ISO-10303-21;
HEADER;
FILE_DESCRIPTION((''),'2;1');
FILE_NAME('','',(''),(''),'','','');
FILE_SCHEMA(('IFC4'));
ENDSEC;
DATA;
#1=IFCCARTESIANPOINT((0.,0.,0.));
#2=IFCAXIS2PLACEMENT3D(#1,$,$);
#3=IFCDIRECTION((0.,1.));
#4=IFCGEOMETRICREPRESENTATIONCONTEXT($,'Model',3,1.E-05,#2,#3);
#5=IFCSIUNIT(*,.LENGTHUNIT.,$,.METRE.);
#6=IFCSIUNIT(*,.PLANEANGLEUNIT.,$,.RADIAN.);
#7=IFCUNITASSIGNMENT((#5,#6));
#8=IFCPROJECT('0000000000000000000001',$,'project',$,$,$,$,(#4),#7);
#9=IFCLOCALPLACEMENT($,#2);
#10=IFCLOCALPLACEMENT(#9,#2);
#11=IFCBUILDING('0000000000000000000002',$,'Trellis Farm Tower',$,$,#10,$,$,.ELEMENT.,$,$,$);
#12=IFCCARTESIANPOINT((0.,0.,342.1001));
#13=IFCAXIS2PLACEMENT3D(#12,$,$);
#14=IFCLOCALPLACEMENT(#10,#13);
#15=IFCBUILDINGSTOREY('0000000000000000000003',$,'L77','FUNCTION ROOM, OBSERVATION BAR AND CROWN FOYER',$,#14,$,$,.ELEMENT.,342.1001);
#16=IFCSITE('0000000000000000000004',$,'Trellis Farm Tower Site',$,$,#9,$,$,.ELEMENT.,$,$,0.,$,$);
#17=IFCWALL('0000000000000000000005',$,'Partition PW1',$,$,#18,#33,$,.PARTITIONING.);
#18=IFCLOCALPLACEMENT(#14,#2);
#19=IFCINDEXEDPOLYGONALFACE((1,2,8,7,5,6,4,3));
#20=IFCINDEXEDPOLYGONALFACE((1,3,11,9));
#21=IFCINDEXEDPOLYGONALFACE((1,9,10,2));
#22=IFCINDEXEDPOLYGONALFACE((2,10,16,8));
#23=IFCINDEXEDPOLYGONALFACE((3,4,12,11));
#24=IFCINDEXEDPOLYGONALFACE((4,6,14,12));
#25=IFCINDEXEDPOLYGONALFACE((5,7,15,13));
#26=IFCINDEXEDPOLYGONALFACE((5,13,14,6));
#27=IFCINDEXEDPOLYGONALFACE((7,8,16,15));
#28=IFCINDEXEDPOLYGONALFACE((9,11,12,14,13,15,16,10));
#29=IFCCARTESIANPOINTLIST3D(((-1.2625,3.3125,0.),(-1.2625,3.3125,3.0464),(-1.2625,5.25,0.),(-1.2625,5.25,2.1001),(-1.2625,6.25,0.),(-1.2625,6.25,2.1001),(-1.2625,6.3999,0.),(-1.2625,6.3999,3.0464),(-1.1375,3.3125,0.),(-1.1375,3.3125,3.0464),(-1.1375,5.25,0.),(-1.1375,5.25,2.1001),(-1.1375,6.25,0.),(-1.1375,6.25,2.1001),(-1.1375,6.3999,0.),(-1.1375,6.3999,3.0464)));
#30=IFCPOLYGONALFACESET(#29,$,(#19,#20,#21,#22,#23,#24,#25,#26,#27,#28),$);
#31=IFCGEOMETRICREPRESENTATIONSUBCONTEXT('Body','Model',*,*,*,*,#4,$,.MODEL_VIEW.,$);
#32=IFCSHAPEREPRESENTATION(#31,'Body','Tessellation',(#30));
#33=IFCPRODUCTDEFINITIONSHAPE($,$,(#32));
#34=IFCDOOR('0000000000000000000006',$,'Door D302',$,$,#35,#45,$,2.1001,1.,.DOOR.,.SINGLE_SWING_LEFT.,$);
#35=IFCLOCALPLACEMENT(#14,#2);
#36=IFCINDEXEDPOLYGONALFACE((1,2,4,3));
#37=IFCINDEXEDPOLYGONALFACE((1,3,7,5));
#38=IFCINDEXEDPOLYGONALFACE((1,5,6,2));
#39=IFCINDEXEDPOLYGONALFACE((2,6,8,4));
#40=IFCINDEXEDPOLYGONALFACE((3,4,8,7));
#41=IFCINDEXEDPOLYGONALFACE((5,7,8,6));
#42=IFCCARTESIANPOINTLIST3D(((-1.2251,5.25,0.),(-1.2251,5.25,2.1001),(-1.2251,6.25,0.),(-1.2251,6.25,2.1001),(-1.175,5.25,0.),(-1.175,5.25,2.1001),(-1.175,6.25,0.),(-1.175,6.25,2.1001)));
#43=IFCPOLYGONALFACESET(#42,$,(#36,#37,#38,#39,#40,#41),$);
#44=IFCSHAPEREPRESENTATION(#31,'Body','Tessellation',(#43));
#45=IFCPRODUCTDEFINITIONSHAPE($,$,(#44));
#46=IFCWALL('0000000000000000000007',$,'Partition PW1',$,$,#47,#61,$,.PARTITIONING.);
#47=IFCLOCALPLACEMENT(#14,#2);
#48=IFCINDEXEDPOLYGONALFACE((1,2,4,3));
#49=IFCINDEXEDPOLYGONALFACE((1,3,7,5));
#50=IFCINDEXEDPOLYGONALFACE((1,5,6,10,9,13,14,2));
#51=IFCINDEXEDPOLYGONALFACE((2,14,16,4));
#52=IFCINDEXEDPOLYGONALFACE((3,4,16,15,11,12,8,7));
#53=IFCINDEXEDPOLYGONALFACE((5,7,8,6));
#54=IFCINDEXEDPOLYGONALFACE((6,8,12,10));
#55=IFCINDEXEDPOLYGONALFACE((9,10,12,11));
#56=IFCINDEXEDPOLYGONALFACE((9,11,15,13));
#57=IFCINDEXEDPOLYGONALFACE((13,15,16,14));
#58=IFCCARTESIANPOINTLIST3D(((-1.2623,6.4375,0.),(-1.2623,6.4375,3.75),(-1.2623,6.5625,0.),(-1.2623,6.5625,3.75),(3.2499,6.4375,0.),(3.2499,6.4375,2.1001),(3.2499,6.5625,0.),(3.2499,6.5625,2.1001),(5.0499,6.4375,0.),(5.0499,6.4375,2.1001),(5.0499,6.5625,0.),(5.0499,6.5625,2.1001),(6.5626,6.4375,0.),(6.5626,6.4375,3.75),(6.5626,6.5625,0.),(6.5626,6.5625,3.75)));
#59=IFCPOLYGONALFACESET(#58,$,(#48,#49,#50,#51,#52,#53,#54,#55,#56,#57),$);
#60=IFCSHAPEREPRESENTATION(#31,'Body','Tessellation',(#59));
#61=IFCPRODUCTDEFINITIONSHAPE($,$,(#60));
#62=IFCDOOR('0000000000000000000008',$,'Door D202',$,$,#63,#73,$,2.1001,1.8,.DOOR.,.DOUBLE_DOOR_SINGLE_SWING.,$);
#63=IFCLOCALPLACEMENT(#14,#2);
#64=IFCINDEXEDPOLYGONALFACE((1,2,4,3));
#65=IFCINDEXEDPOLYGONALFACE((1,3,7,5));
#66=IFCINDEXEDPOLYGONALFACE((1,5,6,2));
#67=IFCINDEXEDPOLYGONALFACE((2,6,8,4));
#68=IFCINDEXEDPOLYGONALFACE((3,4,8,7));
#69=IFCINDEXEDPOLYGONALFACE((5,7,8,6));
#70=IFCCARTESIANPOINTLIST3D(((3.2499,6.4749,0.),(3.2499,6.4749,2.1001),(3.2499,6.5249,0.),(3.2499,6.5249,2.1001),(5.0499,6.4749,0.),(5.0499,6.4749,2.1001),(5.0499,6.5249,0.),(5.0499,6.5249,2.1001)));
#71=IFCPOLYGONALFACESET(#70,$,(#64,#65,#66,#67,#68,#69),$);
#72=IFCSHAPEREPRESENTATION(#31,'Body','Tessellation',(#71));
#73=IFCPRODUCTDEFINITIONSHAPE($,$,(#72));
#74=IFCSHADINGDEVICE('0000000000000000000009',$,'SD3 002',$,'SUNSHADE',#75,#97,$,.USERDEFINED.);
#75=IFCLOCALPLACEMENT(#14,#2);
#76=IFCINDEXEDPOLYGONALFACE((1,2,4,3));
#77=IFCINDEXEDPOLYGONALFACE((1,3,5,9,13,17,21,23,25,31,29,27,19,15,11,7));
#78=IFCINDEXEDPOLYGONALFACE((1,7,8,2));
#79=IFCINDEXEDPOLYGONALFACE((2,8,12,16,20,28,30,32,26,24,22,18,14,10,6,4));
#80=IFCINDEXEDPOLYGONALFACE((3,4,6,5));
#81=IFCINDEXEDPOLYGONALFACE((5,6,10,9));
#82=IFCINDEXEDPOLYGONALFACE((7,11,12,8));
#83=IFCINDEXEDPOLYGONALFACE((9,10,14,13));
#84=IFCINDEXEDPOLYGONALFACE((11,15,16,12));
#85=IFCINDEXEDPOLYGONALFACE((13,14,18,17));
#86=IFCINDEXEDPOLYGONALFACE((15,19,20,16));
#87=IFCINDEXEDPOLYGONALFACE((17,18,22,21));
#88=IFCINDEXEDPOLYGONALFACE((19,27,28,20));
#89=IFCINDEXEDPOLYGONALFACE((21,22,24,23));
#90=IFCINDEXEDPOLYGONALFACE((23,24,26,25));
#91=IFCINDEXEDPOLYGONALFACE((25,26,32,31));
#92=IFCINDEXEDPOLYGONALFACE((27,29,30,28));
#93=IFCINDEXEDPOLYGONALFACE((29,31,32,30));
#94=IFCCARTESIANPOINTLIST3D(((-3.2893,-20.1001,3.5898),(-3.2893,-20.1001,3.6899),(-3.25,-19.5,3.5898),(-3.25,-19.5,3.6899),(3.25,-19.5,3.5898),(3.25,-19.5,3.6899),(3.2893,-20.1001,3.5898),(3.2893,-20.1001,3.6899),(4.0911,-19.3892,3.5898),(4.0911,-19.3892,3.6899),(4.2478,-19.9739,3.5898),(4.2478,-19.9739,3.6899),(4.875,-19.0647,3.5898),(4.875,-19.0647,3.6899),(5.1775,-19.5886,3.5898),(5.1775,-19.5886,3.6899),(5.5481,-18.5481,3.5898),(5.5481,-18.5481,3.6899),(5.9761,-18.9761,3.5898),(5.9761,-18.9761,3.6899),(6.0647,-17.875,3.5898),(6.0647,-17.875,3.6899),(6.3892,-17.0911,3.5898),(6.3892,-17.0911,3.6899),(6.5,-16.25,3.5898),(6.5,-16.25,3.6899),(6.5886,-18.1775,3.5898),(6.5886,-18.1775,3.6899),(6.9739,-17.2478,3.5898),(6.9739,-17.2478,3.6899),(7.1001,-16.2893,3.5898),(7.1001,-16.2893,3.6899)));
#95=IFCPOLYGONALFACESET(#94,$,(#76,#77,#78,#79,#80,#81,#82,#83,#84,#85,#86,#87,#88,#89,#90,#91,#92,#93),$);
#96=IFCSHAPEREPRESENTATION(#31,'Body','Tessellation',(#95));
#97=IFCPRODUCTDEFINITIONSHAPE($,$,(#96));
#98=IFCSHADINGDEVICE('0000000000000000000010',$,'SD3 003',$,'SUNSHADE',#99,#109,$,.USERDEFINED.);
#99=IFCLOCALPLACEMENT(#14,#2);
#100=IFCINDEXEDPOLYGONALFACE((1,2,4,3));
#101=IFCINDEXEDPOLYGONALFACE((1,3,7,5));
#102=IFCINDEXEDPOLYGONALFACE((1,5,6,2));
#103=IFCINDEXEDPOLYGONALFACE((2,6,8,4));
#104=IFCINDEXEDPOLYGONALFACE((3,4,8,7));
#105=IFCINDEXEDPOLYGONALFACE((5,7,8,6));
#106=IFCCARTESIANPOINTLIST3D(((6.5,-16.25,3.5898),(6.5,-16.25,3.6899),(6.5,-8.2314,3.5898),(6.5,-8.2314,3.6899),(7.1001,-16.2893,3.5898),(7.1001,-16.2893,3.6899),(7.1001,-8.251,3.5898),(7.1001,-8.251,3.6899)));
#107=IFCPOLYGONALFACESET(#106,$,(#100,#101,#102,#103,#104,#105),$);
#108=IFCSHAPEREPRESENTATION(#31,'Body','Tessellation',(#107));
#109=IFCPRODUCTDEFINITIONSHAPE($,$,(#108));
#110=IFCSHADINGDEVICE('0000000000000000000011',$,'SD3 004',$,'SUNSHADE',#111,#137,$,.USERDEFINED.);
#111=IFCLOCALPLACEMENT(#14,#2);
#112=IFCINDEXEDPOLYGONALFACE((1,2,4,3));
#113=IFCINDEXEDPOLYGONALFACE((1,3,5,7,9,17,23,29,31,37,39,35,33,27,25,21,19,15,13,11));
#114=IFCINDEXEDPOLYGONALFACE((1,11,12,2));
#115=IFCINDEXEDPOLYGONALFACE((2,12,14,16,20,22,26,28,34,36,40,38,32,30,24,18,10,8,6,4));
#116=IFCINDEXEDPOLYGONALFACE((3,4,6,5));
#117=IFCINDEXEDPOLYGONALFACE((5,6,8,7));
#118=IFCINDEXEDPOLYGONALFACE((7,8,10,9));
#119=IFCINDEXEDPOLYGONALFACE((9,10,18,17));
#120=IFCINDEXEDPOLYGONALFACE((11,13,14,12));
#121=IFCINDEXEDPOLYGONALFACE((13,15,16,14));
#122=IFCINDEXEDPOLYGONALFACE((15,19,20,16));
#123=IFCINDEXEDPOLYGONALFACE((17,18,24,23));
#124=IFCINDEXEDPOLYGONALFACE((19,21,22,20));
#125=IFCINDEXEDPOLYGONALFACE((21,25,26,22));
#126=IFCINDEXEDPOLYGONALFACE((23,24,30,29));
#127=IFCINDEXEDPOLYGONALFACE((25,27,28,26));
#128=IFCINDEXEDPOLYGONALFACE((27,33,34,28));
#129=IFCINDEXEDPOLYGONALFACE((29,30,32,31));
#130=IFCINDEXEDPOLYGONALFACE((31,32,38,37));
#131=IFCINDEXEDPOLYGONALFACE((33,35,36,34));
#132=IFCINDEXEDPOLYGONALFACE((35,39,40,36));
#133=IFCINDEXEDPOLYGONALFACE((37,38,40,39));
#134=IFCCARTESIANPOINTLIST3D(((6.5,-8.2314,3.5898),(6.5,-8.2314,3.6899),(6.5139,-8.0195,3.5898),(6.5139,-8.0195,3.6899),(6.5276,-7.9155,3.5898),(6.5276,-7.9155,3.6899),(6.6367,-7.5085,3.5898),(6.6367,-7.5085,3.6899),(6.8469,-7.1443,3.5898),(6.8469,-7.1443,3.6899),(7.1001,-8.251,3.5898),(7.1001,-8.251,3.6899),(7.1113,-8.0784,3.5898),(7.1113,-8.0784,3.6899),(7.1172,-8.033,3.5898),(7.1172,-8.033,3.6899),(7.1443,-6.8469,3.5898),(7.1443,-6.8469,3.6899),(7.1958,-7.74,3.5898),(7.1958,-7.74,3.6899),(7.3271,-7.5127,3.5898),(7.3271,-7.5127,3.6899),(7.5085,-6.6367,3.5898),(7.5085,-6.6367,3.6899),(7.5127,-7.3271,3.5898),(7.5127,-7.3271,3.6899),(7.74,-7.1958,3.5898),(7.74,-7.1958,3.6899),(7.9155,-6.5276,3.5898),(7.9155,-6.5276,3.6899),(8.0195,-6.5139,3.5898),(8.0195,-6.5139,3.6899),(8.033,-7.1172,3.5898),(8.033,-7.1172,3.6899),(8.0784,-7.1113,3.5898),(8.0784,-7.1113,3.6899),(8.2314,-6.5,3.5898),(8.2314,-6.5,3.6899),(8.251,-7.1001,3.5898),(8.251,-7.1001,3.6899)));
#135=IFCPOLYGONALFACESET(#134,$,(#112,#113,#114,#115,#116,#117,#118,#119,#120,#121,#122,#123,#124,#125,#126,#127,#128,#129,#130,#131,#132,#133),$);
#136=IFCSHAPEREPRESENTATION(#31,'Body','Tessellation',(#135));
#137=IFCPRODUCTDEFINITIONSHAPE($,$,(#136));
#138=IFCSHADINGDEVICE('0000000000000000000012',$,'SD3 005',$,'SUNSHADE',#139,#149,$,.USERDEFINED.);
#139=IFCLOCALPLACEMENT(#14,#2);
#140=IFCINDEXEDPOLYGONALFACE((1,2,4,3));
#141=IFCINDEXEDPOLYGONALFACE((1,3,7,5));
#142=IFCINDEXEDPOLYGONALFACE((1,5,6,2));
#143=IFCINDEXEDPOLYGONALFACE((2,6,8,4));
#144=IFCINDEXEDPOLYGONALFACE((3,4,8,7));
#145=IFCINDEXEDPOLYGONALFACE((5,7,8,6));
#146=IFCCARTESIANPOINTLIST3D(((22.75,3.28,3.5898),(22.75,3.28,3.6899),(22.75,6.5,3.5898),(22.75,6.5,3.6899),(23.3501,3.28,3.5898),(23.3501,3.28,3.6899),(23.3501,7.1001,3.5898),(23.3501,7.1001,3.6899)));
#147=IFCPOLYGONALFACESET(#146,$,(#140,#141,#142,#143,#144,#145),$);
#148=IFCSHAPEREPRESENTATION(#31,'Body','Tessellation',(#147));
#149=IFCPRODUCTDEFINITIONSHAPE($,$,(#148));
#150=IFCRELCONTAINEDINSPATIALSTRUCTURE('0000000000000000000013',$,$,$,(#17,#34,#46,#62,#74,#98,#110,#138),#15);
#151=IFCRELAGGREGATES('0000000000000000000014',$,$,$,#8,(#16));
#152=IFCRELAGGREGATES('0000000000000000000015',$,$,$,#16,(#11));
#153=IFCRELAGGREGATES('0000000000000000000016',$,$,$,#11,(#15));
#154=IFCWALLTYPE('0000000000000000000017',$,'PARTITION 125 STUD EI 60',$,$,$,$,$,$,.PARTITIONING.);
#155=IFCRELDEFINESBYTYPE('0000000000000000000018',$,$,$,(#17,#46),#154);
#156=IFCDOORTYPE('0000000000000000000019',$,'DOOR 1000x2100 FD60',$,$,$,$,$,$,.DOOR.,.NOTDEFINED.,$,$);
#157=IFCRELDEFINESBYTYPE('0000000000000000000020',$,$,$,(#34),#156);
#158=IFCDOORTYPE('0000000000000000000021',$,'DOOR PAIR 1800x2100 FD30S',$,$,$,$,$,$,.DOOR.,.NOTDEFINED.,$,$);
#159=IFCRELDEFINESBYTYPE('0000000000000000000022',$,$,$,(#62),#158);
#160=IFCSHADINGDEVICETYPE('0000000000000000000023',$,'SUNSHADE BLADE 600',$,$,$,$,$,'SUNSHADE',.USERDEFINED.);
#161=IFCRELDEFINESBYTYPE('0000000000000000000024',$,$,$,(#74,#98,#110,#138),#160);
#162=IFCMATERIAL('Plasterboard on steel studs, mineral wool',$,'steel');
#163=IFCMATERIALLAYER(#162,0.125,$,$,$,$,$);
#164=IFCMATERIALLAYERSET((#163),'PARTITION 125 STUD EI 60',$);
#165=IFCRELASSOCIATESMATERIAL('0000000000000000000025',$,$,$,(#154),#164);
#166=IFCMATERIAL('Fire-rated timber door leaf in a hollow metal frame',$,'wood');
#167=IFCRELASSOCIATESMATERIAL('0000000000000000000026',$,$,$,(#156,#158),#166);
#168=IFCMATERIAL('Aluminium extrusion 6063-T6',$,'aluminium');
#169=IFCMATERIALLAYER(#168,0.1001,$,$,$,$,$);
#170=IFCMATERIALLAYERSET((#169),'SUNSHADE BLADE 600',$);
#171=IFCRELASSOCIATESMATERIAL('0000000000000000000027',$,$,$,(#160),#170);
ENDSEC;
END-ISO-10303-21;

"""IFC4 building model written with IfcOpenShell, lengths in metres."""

from ifc_helpers import new_model, si_unit, direction, frame, frame_2d, origin, place, context, subcontext, project, spatial, polyline, rectangle, outline, extrude, source, transform, mapped, material, layer, layer_set, type_object, element, fill, save


model = new_model("IFC4")

# Units and contexts
model_context = context("Model", 3, precision=1e-05, world=origin(), true_north=direction((0.0, 1.0)))
body_context = subcontext(model_context, "Body", "Model", "MODEL_VIEW")
ifc_project = project(units=[si_unit("LENGTHUNIT", "METRE"), si_unit("PLANEANGLEUNIT", "RADIAN")], contexts=[model_context])

# Site, building, storey
site_placement = place(None, origin())
site = spatial("IfcSite", under=ifc_project, at=site_placement, Name="Trellis Farm Tower Site", CompositionType="ELEMENT", RefElevation=0.0)
building_placement = place(site_placement, origin())
building = spatial("IfcBuilding", under=site, at=building_placement, Name="Trellis Farm Tower", CompositionType="ELEMENT")
storey_placement = place(building_placement, frame((0.0, 0.0, 342.1001)))
storey = spatial("IfcBuildingStorey", under=building, at=storey_placement, Name="L77", Description="FUNCTION ROOM, OBSERVATION BAR AND CROWN FOYER", CompositionType="ELEMENT", Elevation=342.1001)

# Shared definitions
ifc_material_1 = material(Name="Aluminium extrusion 6063-T6", Category="aluminium")

# Walls, openings, doors
ifc_material_2 = material(Name="Plasterboard on steel studs, mineral wool", Category="steel")
ifc_layer_1 = layer(ifc_material_2, 0.125)
ifc_layer_set_1 = layer_set([ifc_layer_1], Name="PARTITION 125 STUD EI 60")
wall_type = type_object("IfcWallType", Name="PARTITION 125 STUD EI 60", PredefinedType="PARTITIONING", material=ifc_layer_set_1)
shared_shape_1 = source(origin(), body_context, "Body", "SweptSolid", [
    extrude(rectangle(XDim=3.0874, YDim=0.125, at=frame_2d((1.5437, 0.0))), origin(), (0.0, 0.0, 1.0), 3.0464),
])
wall_1_placement = place(storey_placement, frame((-1.2, 6.3999, 0.0), z_axis=(0.0, 0.0, 1.0), x_axis=(0.0, -1.0, 0.0)))
wall_1 = element("IfcWall", 1, at=wall_1_placement, inside=storey, type_object=wall_type, Name="Partition PW1", PredefinedType="PARTITIONING", context=body_context, shape_type="MappedRepresentation", body=[
    mapped(shared_shape_1, transform((0.0, 0.0, 0.0))),
])
shared_shape_2 = source(origin(), body_context, "Body", "SweptSolid", [
    extrude(rectangle(XDim=1.0, YDim=2.1001, at=frame_2d((0.5, 1.05))), frame((0.0, 0.0725, 0.0), z_axis=(0.0, -1.0, 0.0), x_axis=(1.0, 0.0, 0.0)), (0.0, 0.0, 1.0), 0.145),
])
opening_1_placement = place(wall_1_placement, frame((0.1499, 0.0, 0.0)))
opening_1 = element("IfcOpeningElement", 2, at=opening_1_placement, cuts=wall_1, PredefinedType="OPENING", context=body_context, shape_type="MappedRepresentation", body=[
    mapped(shared_shape_2, transform((0.0, 0.0, 0.0))),
])
ifc_material_3 = material(Name="Fire-rated timber door leaf in a hollow metal frame", Category="wood")
door_type_1 = type_object("IfcDoorType", Name="DOOR 1000x2100 FD60", OperationType="NOTDEFINED", PredefinedType="DOOR", material=ifc_material_3)
shared_shape_3 = source(origin(), body_context, "Body", "SweptSolid", [
    extrude(rectangle(XDim=1.0, YDim=2.1001, at=frame_2d((0.5, 1.05))), frame((0.0, 0.0249, 0.0), z_axis=(0.0, -1.0, 0.0), x_axis=(1.0, 0.0, 0.0)), (0.0, 0.0, 1.0), 0.05),
])
door_1_placement = place(opening_1_placement, origin())
door_1 = element("IfcDoor", 3, at=door_1_placement, inside=storey, type_object=door_type_1, Name="Door D302", OperationType="SINGLE_SWING_LEFT", OverallHeight=2.1001, OverallWidth=1.0, PredefinedType="DOOR", context=body_context, shape_type="MappedRepresentation", body=[
    mapped(shared_shape_3, transform((0.0, 0.0, 0.0))),
])
fill(opening_1, door_1)
shared_shape_4 = source(origin(), body_context, "Body", "SweptSolid", [
    extrude(rectangle(XDim=7.825, YDim=0.125, at=frame_2d((3.9126, 0.0))), origin(), (0.0, 0.0, 1.0), 3.75),
])
wall_2_placement = place(storey_placement, frame((-1.2625, 6.5, 0.0), z_axis=(0.0, 0.0, 1.0), x_axis=(1.0, 0.0, 0.0)))
wall_2 = element("IfcWall", 4, at=wall_2_placement, inside=storey, type_object=wall_type, Name="Partition PW1", PredefinedType="PARTITIONING", context=body_context, shape_type="MappedRepresentation", body=[
    mapped(shared_shape_4, transform((0.0, 0.0, 0.0))),
])
shared_shape_5 = source(origin(), body_context, "Body", "SweptSolid", [
    extrude(rectangle(XDim=1.8, YDim=2.1001, at=frame_2d((0.8999, 1.05))), frame((0.0, 0.0725, 0.0), z_axis=(0.0, -1.0, 0.0), x_axis=(1.0, 0.0, 0.0)), (0.0, 0.0, 1.0), 0.145),
])
opening_2_placement = place(wall_2_placement, frame((4.5125, 0.0, 0.0)))
opening_2 = element("IfcOpeningElement", 5, at=opening_2_placement, cuts=wall_2, PredefinedType="OPENING", context=body_context, shape_type="MappedRepresentation", body=[
    mapped(shared_shape_5, transform((0.0, 0.0, 0.0))),
])
door_type_2 = type_object("IfcDoorType", Name="DOOR PAIR 1800x2100 FD30S", OperationType="NOTDEFINED", PredefinedType="DOOR", material=ifc_material_3)
shared_shape_6 = source(origin(), body_context, "Body", "SweptSolid", [
    extrude(rectangle(XDim=1.8, YDim=2.1001, at=frame_2d((0.8999, 1.05))), frame((0.0, 0.0249, 0.0), z_axis=(0.0, -1.0, 0.0), x_axis=(1.0, 0.0, 0.0)), (0.0, 0.0, 1.0), 0.05),
])
door_2_placement = place(opening_2_placement, origin())
door_2 = element("IfcDoor", 6, at=door_2_placement, inside=storey, type_object=door_type_2, Name="Door D202", OperationType="DOUBLE_DOOR_SINGLE_SWING", OverallHeight=2.1001, OverallWidth=1.8, PredefinedType="DOOR", context=body_context, shape_type="MappedRepresentation", body=[
    mapped(shared_shape_6, transform((0.0, 0.0, 0.0))),
])
fill(opening_2, door_2)

# Shading devices
ifc_layer_2 = layer(ifc_material_1, 0.1001)
ifc_layer_set_2 = layer_set([ifc_layer_2], Name="SUNSHADE BLADE 600")
shading_device_type = type_object("IfcShadingDeviceType", Name="SUNSHADE BLADE 600", ElementType="SUNSHADE", PredefinedType="USERDEFINED", material=ifc_layer_set_2)
shared_shape_7 = source(origin(), body_context, "Body", "SweptSolid", [
    extrude(outline(polyline([(-3.2893, -20.1001), (3.2893, -20.1001), (4.2478, -19.9739), (5.1775, -19.5886), (5.9761, -18.9761), (6.5886, -18.1775), (6.9739, -17.2478), (7.1001, -16.2893), (6.5, -16.25), (6.3892, -17.0911), (6.0647, -17.875), (5.5481, -18.5481), (4.875, -19.0647), (4.0911, -19.3892), (3.25, -19.5), (-3.25, -19.5), (-3.2893, -20.1001)])), origin(), (0.0, 0.0, 1.0), 0.1001),
])
placement_1 = place(storey_placement, frame((0.0, 0.0, 3.5898)))
element("IfcShadingDevice", 7, at=placement_1, inside=storey, type_object=shading_device_type, Name="SD3 002", ObjectType="SUNSHADE", PredefinedType="USERDEFINED", context=body_context, shape_type="MappedRepresentation", body=[
    mapped(shared_shape_7, transform((0.0, 0.0, 0.0))),
])
shared_shape_8 = source(origin(), body_context, "Body", "SweptSolid", [
    extrude(outline(polyline([(7.1001, -16.2893), (7.1001, -8.251), (6.5, -8.2314), (6.5, -16.25), (7.1001, -16.2893)])), origin(), (0.0, 0.0, 1.0), 0.1001),
])
element("IfcShadingDevice", 8, at=placement_1, inside=storey, type_object=shading_device_type, Name="SD3 003", ObjectType="SUNSHADE", PredefinedType="USERDEFINED", context=body_context, shape_type="MappedRepresentation", body=[
    mapped(shared_shape_8, transform((0.0, 0.0, 0.0))),
])
shared_shape_9 = source(origin(), body_context, "Body", "SweptSolid", [
    extrude(outline(polyline([(7.1001, -8.251), (7.1113, -8.0784), (7.1172, -8.033), (7.1958, -7.74), (7.3271, -7.5127), (7.5127, -7.3271), (7.74, -7.1958), (8.033, -7.1172), (8.0784, -7.1113), (8.251, -7.1001), (8.2314, -6.5), (8.0195, -6.5139), (7.9155, -6.5276), (7.5085, -6.6367), (7.1443, -6.8469), (6.8469, -7.1443), (6.6367, -7.5085), (6.5276, -7.9155), (6.5139, -8.0195), (6.5, -8.2314), (7.1001, -8.251)])), origin(), (0.0, 0.0, 1.0), 0.1001),
])
element("IfcShadingDevice", 9, at=placement_1, inside=storey, type_object=shading_device_type, Name="SD3 004", ObjectType="SUNSHADE", PredefinedType="USERDEFINED", context=body_context, shape_type="MappedRepresentation", body=[
    mapped(shared_shape_9, transform((0.0, 0.0, 0.0))),
])
shared_shape_10 = source(origin(), body_context, "Body", "SweptSolid", [
    extrude(outline(polyline([(23.3501, 3.28), (23.3501, 7.1001), (22.75, 6.5), (22.75, 3.28), (23.3501, 3.28)])), origin(), (0.0, 0.0, 1.0), 0.1001),
])
element("IfcShadingDevice", 10, at=placement_1, inside=storey, type_object=shading_device_type, Name="SD3 005", ObjectType="SUNSHADE", PredefinedType="USERDEFINED", context=body_context, shape_type="MappedRepresentation", body=[
    mapped(shared_shape_10, transform((0.0, 0.0, 0.0))),
])

save(model, "model.ifc")
